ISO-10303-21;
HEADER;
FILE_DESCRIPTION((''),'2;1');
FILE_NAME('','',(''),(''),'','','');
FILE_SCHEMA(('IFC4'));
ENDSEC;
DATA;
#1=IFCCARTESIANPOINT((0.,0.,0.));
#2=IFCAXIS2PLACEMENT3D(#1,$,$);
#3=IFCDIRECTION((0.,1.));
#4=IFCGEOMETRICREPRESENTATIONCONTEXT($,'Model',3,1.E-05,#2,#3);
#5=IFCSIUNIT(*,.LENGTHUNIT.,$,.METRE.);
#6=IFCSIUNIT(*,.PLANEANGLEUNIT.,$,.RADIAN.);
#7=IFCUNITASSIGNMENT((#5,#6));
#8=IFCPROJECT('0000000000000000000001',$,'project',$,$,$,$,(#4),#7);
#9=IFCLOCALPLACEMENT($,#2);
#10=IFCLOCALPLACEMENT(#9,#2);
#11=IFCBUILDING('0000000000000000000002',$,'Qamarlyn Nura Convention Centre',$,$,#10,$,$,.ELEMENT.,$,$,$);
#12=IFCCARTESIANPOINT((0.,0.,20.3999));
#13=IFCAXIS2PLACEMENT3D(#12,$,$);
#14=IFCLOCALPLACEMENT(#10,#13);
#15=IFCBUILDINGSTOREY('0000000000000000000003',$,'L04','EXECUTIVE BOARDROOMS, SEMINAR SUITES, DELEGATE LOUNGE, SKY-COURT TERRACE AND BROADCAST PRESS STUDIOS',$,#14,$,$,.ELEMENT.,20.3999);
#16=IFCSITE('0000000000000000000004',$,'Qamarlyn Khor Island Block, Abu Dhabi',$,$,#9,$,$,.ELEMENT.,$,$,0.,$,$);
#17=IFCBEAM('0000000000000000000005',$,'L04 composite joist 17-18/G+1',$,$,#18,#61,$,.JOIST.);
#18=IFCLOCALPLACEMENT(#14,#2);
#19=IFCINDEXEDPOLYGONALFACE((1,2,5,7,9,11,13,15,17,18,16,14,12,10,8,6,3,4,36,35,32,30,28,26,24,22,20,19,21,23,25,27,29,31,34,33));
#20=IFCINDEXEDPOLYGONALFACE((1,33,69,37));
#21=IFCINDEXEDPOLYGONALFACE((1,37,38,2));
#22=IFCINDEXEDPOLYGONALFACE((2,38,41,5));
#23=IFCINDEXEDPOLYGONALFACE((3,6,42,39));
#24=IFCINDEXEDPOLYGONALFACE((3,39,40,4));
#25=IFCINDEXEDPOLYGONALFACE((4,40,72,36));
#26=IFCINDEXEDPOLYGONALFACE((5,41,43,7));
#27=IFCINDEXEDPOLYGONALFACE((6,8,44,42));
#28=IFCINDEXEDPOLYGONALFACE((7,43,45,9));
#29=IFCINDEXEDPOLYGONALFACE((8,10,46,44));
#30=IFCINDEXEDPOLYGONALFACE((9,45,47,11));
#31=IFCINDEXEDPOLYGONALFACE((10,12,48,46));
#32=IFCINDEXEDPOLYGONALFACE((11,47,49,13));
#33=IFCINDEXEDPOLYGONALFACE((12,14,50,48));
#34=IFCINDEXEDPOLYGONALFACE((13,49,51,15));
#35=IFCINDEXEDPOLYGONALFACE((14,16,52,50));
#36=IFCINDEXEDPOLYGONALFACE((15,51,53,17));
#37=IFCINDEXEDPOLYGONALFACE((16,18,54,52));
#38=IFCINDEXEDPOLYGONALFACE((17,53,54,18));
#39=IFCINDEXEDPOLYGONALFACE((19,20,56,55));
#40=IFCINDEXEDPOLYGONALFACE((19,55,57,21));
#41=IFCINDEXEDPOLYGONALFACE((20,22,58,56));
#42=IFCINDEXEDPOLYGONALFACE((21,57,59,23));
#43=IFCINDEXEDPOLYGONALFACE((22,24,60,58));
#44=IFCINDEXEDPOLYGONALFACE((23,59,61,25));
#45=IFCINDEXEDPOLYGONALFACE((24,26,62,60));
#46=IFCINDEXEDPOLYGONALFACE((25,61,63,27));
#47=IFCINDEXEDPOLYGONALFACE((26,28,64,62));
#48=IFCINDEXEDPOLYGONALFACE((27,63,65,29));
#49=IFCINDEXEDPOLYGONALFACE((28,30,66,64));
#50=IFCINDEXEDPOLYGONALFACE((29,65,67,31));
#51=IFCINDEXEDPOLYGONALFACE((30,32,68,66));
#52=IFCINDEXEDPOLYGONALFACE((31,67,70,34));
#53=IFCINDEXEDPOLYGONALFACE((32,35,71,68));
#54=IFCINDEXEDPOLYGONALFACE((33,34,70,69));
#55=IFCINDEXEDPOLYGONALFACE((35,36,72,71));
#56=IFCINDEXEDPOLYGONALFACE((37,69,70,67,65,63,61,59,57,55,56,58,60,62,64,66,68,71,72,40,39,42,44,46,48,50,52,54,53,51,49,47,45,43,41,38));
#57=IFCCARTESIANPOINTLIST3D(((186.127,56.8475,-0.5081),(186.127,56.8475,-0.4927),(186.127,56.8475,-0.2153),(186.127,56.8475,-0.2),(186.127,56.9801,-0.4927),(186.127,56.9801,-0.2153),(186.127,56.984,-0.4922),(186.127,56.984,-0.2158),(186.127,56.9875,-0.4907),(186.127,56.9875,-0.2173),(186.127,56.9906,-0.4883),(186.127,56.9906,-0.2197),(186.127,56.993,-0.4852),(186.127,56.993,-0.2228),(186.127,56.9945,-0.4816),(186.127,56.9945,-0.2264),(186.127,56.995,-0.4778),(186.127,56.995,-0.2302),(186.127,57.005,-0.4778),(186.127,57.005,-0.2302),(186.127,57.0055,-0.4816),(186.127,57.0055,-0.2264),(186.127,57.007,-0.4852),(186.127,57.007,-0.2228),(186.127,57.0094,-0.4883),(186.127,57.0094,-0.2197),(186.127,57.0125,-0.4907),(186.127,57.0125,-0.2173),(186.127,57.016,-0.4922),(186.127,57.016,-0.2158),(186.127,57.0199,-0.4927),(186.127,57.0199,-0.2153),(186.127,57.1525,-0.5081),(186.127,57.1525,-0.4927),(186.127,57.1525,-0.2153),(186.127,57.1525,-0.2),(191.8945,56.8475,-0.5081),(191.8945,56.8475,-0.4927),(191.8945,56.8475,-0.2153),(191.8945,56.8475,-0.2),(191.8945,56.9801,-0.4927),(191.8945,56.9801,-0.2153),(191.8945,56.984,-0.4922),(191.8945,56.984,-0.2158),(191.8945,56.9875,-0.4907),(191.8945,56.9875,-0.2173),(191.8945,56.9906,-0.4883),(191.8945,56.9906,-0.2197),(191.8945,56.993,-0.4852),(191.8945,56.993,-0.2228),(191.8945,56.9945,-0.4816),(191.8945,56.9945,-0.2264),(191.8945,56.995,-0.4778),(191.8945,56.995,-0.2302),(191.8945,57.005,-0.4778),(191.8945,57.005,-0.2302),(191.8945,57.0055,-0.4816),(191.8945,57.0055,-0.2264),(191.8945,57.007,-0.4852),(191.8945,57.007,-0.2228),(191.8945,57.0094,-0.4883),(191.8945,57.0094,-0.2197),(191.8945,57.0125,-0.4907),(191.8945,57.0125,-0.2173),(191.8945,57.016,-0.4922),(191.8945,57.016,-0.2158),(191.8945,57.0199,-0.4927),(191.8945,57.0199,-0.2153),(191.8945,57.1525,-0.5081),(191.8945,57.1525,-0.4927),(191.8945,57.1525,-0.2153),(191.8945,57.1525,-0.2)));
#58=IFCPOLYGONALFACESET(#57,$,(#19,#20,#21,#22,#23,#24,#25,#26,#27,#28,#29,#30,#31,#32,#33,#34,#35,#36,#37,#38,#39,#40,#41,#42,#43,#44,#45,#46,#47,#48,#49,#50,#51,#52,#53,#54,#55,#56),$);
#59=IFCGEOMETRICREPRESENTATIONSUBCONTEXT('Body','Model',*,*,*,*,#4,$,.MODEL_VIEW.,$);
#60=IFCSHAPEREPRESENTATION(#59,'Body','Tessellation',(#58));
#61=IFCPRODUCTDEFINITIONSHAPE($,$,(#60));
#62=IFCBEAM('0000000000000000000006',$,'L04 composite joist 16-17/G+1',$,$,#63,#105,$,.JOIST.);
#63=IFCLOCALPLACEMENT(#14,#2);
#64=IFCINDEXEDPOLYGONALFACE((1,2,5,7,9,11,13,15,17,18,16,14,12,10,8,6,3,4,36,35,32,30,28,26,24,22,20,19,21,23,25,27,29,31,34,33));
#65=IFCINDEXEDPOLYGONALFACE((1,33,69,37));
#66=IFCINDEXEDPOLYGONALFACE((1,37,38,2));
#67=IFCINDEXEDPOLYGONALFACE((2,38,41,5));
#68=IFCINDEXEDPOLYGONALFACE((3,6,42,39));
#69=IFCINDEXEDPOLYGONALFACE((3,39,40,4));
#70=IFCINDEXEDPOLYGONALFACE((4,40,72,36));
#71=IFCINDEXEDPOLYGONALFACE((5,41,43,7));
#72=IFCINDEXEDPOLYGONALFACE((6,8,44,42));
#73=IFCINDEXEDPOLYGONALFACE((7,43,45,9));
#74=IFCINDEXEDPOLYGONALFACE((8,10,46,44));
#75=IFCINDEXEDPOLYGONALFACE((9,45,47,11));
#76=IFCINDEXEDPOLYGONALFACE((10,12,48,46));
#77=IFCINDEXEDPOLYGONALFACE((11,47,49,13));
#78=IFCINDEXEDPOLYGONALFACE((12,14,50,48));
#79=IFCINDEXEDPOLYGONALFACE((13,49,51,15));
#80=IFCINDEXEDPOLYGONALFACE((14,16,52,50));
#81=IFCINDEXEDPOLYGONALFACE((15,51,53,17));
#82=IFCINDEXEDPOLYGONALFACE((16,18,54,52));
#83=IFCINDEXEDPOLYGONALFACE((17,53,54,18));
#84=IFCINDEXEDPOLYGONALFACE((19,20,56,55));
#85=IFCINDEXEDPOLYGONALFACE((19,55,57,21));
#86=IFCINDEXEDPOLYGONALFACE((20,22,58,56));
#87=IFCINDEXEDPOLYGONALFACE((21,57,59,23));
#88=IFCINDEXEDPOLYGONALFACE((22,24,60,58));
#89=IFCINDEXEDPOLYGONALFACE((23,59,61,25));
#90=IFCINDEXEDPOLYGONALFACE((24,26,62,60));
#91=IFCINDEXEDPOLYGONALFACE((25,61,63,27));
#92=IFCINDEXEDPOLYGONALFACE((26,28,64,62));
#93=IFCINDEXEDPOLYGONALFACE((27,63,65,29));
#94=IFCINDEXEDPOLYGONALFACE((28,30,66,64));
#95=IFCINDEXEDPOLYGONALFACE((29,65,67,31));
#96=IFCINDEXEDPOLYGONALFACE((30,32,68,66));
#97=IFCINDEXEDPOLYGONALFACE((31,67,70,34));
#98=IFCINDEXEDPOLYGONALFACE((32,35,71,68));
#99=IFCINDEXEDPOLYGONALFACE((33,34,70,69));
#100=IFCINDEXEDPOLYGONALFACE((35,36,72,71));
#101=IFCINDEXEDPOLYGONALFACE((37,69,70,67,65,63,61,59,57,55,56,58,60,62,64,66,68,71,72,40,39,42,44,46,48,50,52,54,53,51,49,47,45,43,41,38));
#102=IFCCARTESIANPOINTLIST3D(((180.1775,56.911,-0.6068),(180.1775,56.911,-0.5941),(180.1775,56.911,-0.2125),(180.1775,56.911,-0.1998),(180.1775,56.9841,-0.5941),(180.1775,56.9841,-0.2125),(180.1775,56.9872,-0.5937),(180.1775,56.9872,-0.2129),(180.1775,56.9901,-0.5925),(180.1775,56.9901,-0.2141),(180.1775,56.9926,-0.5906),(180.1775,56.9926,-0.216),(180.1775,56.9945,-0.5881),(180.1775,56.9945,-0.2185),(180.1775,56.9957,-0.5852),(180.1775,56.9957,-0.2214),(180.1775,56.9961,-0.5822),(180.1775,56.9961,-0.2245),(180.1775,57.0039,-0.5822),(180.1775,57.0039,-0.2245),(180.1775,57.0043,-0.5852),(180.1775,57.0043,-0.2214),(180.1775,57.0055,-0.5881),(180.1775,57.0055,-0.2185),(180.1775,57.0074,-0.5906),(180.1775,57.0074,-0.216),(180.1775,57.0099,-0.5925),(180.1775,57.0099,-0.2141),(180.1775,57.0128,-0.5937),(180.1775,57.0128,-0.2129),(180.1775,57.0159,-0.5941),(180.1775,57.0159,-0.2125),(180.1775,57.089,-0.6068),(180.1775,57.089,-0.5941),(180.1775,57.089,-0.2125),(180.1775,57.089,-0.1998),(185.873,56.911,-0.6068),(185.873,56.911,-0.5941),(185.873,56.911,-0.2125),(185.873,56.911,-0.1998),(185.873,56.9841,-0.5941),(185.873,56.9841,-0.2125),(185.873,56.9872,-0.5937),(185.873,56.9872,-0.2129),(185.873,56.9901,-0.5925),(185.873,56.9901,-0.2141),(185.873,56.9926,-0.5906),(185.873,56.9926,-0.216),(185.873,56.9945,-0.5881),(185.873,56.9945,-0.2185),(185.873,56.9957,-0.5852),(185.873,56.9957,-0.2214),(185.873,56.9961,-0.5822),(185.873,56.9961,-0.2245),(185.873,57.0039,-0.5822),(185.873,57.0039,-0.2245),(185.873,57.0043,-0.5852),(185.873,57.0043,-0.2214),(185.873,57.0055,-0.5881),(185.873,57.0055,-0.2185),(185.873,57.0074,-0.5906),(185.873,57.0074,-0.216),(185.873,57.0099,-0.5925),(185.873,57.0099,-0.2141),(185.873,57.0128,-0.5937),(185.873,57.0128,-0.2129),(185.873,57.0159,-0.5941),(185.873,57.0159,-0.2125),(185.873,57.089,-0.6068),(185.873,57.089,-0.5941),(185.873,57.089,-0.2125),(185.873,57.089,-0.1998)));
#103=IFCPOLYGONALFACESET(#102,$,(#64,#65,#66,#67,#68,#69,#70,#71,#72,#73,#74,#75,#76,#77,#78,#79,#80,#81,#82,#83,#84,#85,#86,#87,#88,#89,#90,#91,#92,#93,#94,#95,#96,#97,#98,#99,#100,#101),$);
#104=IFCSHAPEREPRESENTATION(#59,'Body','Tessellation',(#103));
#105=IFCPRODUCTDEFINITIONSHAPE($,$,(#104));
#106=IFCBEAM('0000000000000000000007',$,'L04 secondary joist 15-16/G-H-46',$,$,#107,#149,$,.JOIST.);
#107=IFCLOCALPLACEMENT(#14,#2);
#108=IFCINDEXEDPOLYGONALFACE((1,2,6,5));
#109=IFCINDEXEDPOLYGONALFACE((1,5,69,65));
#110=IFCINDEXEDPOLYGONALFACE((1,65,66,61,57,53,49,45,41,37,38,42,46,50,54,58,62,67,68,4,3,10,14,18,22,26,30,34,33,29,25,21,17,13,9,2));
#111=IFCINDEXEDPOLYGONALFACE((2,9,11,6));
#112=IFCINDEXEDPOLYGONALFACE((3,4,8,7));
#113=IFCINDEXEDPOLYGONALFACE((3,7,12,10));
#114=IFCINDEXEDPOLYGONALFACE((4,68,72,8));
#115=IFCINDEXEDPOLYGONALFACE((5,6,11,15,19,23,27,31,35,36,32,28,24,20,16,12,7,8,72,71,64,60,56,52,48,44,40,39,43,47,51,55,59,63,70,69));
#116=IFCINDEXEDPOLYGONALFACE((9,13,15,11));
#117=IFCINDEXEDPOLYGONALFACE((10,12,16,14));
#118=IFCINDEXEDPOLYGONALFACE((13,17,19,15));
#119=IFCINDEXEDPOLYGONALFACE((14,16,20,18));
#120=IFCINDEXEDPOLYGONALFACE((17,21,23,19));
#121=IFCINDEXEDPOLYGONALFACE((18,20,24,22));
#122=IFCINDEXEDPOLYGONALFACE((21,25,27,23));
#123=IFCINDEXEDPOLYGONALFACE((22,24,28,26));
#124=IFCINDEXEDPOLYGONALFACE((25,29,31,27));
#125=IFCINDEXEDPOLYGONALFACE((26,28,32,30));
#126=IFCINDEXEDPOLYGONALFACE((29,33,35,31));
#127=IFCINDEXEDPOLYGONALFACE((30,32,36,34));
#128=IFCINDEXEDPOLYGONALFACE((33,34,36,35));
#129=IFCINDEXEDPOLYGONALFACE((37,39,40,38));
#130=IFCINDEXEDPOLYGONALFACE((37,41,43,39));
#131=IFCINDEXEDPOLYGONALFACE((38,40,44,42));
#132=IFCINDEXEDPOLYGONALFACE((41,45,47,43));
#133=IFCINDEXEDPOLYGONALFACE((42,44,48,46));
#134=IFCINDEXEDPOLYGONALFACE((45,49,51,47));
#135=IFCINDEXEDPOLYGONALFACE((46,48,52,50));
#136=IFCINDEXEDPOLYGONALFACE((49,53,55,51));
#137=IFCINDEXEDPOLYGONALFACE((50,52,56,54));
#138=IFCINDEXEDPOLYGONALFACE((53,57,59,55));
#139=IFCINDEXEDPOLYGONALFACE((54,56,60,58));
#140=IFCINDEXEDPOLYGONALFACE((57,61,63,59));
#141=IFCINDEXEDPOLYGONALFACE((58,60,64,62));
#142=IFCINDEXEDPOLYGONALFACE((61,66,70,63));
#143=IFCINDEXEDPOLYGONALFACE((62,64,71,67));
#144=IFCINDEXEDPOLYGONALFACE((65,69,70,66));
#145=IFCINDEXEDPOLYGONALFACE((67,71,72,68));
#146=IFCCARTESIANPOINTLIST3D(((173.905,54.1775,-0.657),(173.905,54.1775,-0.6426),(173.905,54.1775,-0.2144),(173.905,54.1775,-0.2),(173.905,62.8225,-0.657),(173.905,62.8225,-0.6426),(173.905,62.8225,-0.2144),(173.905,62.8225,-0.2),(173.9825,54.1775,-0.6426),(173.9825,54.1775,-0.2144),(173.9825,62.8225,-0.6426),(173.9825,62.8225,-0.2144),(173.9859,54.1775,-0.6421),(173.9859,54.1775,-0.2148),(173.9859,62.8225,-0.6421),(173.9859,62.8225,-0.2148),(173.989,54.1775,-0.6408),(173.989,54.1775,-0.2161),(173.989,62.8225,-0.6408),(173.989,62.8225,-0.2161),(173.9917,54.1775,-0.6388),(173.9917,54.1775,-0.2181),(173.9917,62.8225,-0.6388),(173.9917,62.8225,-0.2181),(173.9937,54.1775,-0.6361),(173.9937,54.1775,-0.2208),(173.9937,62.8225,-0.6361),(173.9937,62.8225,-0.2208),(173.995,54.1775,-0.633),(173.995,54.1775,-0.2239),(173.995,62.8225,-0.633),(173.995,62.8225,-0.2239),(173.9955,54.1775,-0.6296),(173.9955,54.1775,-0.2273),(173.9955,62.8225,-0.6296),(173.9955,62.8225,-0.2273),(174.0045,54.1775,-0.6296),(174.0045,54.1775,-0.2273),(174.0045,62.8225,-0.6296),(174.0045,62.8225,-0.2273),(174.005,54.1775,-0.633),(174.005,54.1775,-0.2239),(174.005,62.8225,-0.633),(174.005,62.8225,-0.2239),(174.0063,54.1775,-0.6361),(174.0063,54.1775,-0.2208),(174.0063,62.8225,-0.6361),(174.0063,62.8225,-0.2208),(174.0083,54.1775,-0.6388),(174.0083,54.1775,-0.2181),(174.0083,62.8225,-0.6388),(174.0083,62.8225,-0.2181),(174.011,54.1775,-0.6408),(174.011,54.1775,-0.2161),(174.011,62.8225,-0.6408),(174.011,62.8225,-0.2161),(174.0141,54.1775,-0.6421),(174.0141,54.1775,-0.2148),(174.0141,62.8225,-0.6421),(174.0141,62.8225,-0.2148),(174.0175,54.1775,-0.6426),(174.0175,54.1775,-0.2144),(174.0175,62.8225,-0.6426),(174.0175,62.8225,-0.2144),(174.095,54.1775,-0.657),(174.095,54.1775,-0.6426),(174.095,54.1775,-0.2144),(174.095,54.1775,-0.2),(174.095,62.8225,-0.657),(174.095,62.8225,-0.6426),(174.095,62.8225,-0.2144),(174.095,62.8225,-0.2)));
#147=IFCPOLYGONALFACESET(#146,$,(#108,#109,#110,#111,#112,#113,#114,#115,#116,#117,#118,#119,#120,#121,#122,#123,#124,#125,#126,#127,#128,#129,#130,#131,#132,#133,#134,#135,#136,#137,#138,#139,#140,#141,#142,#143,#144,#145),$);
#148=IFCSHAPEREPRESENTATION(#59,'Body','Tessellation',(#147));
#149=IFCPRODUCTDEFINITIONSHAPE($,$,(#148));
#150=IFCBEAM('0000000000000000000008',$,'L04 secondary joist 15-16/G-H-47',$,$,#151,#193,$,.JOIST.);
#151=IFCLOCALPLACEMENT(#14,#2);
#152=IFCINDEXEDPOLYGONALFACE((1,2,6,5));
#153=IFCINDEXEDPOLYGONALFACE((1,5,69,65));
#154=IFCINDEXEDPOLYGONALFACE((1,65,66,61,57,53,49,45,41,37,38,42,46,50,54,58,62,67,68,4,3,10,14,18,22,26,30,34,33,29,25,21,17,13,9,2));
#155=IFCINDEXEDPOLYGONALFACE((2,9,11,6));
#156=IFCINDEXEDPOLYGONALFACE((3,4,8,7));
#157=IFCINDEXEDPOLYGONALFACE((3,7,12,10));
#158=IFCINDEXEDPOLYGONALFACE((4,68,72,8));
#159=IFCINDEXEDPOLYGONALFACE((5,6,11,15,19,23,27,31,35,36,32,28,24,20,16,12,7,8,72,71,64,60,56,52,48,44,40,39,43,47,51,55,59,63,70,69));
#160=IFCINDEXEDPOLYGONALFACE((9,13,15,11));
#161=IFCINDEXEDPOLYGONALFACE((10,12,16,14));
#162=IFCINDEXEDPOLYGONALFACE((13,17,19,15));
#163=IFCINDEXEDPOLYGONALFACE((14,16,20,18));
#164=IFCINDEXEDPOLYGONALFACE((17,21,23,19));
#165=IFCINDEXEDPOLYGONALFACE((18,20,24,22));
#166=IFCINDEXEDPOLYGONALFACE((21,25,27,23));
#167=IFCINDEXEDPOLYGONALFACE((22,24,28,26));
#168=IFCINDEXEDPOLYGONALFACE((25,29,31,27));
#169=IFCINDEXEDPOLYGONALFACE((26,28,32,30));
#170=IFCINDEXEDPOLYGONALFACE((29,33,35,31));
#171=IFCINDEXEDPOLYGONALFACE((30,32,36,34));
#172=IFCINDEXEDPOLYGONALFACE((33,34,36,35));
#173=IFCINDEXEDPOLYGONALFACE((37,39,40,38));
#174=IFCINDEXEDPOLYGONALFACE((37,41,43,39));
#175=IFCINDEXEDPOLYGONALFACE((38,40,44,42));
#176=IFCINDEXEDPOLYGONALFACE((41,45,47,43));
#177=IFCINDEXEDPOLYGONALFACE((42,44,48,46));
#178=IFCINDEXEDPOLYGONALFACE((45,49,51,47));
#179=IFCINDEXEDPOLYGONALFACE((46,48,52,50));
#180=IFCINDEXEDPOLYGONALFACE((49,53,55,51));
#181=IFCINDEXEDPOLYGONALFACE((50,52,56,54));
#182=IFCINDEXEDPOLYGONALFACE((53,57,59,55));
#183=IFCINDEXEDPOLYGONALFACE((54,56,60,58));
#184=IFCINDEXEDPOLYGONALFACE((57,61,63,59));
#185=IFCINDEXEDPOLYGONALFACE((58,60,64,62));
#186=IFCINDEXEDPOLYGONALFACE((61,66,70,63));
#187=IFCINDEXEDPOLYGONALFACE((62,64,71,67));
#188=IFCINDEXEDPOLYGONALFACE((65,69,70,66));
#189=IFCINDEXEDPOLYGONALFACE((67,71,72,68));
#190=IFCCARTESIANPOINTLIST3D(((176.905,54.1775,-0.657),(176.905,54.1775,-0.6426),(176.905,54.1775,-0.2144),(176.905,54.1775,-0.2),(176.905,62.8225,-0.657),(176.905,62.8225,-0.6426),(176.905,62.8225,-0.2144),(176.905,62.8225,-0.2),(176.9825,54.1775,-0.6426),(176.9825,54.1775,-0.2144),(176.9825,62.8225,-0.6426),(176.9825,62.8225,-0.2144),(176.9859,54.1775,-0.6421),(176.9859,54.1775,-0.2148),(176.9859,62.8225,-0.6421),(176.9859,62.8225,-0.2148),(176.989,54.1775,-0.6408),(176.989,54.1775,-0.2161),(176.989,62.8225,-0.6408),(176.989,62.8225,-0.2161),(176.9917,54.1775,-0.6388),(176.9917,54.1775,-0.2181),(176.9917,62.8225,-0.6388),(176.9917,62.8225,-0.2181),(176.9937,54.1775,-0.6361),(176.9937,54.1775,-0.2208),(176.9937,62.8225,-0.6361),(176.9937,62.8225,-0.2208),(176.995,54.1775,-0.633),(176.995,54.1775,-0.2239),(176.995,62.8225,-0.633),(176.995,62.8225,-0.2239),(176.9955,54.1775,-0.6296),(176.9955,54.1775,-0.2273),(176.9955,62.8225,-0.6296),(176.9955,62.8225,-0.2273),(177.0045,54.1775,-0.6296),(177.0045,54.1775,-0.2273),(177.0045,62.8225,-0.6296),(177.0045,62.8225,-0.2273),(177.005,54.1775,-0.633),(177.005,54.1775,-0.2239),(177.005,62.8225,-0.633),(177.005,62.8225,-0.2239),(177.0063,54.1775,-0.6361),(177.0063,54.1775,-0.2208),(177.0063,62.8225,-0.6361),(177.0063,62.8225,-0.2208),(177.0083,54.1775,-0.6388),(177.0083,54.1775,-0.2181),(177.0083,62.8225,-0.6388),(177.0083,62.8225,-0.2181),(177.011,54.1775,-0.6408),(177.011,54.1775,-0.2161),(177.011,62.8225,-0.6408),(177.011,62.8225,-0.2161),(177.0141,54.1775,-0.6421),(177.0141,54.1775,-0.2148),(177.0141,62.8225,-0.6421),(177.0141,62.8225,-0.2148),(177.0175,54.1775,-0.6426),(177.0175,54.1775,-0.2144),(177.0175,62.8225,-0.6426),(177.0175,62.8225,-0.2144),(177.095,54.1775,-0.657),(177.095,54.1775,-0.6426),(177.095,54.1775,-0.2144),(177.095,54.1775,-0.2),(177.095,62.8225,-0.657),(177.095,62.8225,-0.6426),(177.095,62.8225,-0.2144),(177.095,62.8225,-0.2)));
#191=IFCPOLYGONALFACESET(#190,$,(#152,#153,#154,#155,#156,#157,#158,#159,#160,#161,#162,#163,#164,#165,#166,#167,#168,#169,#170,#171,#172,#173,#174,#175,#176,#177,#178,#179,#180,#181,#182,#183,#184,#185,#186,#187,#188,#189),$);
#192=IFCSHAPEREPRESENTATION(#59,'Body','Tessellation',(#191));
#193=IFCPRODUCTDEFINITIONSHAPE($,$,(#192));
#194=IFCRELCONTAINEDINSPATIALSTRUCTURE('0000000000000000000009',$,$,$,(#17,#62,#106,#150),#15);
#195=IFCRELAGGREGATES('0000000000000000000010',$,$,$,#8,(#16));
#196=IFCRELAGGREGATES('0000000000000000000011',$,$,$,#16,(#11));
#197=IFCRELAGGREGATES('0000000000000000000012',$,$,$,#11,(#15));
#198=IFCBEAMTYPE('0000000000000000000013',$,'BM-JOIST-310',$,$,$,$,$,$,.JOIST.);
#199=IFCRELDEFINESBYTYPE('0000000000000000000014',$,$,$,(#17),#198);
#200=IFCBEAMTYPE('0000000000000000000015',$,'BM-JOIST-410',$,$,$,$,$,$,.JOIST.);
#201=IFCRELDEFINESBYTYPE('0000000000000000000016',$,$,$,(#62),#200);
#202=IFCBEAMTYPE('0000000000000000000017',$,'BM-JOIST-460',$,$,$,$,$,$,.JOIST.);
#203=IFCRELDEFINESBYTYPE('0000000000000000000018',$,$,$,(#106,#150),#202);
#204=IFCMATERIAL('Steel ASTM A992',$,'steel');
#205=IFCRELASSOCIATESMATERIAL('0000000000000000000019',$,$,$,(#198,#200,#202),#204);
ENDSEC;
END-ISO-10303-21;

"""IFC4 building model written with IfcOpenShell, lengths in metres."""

from ifc_helpers import new_model, si_unit, direction, frame, origin, origin_2d, place, context, subcontext, project, spatial, i_section, extrude, material, material_profile, profile_set, type_object, element, save


model = new_model("IFC4")

# Units and contexts
model_context = context("Model", 3, precision=1e-05, world=origin(), true_north=direction((0.0, 1.0)))
body_context = subcontext(model_context, "Body", "Model", "MODEL_VIEW")
ifc_project = project(units=[si_unit("LENGTHUNIT", "METRE"), si_unit("PLANEANGLEUNIT", "RADIAN")], contexts=[model_context])

# Site, building, storey
site_placement = place(None, origin())
site = spatial("IfcSite", under=ifc_project, at=site_placement, Name="Qamarlyn Khor Island Block, Abu Dhabi", CompositionType="ELEMENT", RefElevation=0.0)
building_placement = place(site_placement, origin())
building = spatial("IfcBuilding", under=site, at=building_placement, Name="Qamarlyn Nura Convention Centre", CompositionType="ELEMENT")
storey_placement = place(building_placement, frame((0.0, 0.0, 20.3999)))
storey = spatial("IfcBuildingStorey", under=building, at=storey_placement, Name="L04", Description="EXECUTIVE BOARDROOMS, SEMINAR SUITES, DELEGATE LOUNGE, SKY-COURT TERRACE AND BROADCAST PRESS STUDIOS", CompositionType="ELEMENT", Elevation=20.3999)

# Shared definitions
ifc_material_1 = material(Name="Steel ASTM A992", Category="steel")

# Beams
ifc_material_profile_1 = material_profile(ifc_material_1, i_section(OverallWidth=0.3049, OverallDepth=0.3081, WebThickness=0.01, FlangeThickness=0.0154, FilletRadius=0.0149, at=origin_2d()), Name="W310X97")
ifc_profile_set_1 = profile_set([ifc_material_profile_1], Name="Steel ASTM A992")
beam_type_1 = type_object("IfcBeamType", Name="BM-JOIST-310", PredefinedType="JOIST", material=ifc_profile_set_1)
beam_1_placement = place(storey_placement, frame((186.127, 57.0, -0.354), z_axis=(1.0, 0.0, 0.0), x_axis=(0.0, 1.0, 0.0)))
element("IfcBeam", 1, at=beam_1_placement, inside=storey, type_object=beam_type_1, Name="L04 composite joist 17-18/G+1", PredefinedType="JOIST", context=body_context, shape_type="SweptSolid", body=[
    extrude(i_section(OverallWidth=0.3049, OverallDepth=0.3081, WebThickness=0.01, FlangeThickness=0.0154, FilletRadius=0.0149, at=origin_2d()), origin(), (0.0, 0.0, 1.0), 5.7676),
])
ifc_material_profile_2 = material_profile(ifc_material_1, i_section(OverallWidth=0.178, OverallDepth=0.407, WebThickness=0.0078, FlangeThickness=0.0127, FilletRadius=0.012, at=origin_2d()), Name="W410X60")
ifc_profile_set_2 = profile_set([ifc_material_profile_2], Name="Steel ASTM A992")
beam_type_2 = type_object("IfcBeamType", Name="BM-JOIST-410", PredefinedType="JOIST", material=ifc_profile_set_2)
beam_2_placement = place(storey_placement, frame((180.1775, 57.0, -0.4033), z_axis=(1.0, 0.0, 0.0), x_axis=(0.0, 1.0, 0.0)))
element("IfcBeam", 2, at=beam_2_placement, inside=storey, type_object=beam_type_2, Name="L04 composite joist 16-17/G+1", PredefinedType="JOIST", context=body_context, shape_type="SweptSolid", body=[
    extrude(i_section(OverallWidth=0.178, OverallDepth=0.407, WebThickness=0.0078, FlangeThickness=0.0127, FilletRadius=0.012, at=origin_2d()), origin(), (0.0, 0.0, 1.0), 5.6956),
])
ifc_material_profile_3 = material_profile(ifc_material_1, i_section(OverallWidth=0.1899, OverallDepth=0.457, WebThickness=0.009, FlangeThickness=0.0144, FilletRadius=0.0129, at=origin_2d()), Name="W460X74")
ifc_profile_set_3 = profile_set([ifc_material_profile_3], Name="Steel ASTM A992")
beam_type_3 = type_object("IfcBeamType", Name="BM-JOIST-460", PredefinedType="JOIST", material=ifc_profile_set_3)
for number, where, z_axis, x_axis, name in (
    (3, (174.0, 54.1775, -0.4285), (0.0, 1.0, 0.0), (-1.0, 0.0, 0.0), "L04 secondary joist 15-16/G-H-46"),
    (4, (177.0, 54.1775, -0.4285), (0.0, 1.0, 0.0), (-1.0, 0.0, 0.0), "L04 secondary joist 15-16/G-H-47"),
):
    element("IfcBeam", number, at=place(storey_placement, frame(where, z_axis=z_axis, x_axis=x_axis)), inside=storey, type_object=beam_type_3, Name=name, PredefinedType="JOIST", context=body_context, shape_type="SweptSolid", body=[
        extrude(i_section(OverallWidth=0.1899, OverallDepth=0.457, WebThickness=0.009, FlangeThickness=0.0144, FilletRadius=0.0129, at=origin_2d()), origin(), (0.0, 0.0, 1.0), 8.645),
    ])

save(model, "model.ifc")
